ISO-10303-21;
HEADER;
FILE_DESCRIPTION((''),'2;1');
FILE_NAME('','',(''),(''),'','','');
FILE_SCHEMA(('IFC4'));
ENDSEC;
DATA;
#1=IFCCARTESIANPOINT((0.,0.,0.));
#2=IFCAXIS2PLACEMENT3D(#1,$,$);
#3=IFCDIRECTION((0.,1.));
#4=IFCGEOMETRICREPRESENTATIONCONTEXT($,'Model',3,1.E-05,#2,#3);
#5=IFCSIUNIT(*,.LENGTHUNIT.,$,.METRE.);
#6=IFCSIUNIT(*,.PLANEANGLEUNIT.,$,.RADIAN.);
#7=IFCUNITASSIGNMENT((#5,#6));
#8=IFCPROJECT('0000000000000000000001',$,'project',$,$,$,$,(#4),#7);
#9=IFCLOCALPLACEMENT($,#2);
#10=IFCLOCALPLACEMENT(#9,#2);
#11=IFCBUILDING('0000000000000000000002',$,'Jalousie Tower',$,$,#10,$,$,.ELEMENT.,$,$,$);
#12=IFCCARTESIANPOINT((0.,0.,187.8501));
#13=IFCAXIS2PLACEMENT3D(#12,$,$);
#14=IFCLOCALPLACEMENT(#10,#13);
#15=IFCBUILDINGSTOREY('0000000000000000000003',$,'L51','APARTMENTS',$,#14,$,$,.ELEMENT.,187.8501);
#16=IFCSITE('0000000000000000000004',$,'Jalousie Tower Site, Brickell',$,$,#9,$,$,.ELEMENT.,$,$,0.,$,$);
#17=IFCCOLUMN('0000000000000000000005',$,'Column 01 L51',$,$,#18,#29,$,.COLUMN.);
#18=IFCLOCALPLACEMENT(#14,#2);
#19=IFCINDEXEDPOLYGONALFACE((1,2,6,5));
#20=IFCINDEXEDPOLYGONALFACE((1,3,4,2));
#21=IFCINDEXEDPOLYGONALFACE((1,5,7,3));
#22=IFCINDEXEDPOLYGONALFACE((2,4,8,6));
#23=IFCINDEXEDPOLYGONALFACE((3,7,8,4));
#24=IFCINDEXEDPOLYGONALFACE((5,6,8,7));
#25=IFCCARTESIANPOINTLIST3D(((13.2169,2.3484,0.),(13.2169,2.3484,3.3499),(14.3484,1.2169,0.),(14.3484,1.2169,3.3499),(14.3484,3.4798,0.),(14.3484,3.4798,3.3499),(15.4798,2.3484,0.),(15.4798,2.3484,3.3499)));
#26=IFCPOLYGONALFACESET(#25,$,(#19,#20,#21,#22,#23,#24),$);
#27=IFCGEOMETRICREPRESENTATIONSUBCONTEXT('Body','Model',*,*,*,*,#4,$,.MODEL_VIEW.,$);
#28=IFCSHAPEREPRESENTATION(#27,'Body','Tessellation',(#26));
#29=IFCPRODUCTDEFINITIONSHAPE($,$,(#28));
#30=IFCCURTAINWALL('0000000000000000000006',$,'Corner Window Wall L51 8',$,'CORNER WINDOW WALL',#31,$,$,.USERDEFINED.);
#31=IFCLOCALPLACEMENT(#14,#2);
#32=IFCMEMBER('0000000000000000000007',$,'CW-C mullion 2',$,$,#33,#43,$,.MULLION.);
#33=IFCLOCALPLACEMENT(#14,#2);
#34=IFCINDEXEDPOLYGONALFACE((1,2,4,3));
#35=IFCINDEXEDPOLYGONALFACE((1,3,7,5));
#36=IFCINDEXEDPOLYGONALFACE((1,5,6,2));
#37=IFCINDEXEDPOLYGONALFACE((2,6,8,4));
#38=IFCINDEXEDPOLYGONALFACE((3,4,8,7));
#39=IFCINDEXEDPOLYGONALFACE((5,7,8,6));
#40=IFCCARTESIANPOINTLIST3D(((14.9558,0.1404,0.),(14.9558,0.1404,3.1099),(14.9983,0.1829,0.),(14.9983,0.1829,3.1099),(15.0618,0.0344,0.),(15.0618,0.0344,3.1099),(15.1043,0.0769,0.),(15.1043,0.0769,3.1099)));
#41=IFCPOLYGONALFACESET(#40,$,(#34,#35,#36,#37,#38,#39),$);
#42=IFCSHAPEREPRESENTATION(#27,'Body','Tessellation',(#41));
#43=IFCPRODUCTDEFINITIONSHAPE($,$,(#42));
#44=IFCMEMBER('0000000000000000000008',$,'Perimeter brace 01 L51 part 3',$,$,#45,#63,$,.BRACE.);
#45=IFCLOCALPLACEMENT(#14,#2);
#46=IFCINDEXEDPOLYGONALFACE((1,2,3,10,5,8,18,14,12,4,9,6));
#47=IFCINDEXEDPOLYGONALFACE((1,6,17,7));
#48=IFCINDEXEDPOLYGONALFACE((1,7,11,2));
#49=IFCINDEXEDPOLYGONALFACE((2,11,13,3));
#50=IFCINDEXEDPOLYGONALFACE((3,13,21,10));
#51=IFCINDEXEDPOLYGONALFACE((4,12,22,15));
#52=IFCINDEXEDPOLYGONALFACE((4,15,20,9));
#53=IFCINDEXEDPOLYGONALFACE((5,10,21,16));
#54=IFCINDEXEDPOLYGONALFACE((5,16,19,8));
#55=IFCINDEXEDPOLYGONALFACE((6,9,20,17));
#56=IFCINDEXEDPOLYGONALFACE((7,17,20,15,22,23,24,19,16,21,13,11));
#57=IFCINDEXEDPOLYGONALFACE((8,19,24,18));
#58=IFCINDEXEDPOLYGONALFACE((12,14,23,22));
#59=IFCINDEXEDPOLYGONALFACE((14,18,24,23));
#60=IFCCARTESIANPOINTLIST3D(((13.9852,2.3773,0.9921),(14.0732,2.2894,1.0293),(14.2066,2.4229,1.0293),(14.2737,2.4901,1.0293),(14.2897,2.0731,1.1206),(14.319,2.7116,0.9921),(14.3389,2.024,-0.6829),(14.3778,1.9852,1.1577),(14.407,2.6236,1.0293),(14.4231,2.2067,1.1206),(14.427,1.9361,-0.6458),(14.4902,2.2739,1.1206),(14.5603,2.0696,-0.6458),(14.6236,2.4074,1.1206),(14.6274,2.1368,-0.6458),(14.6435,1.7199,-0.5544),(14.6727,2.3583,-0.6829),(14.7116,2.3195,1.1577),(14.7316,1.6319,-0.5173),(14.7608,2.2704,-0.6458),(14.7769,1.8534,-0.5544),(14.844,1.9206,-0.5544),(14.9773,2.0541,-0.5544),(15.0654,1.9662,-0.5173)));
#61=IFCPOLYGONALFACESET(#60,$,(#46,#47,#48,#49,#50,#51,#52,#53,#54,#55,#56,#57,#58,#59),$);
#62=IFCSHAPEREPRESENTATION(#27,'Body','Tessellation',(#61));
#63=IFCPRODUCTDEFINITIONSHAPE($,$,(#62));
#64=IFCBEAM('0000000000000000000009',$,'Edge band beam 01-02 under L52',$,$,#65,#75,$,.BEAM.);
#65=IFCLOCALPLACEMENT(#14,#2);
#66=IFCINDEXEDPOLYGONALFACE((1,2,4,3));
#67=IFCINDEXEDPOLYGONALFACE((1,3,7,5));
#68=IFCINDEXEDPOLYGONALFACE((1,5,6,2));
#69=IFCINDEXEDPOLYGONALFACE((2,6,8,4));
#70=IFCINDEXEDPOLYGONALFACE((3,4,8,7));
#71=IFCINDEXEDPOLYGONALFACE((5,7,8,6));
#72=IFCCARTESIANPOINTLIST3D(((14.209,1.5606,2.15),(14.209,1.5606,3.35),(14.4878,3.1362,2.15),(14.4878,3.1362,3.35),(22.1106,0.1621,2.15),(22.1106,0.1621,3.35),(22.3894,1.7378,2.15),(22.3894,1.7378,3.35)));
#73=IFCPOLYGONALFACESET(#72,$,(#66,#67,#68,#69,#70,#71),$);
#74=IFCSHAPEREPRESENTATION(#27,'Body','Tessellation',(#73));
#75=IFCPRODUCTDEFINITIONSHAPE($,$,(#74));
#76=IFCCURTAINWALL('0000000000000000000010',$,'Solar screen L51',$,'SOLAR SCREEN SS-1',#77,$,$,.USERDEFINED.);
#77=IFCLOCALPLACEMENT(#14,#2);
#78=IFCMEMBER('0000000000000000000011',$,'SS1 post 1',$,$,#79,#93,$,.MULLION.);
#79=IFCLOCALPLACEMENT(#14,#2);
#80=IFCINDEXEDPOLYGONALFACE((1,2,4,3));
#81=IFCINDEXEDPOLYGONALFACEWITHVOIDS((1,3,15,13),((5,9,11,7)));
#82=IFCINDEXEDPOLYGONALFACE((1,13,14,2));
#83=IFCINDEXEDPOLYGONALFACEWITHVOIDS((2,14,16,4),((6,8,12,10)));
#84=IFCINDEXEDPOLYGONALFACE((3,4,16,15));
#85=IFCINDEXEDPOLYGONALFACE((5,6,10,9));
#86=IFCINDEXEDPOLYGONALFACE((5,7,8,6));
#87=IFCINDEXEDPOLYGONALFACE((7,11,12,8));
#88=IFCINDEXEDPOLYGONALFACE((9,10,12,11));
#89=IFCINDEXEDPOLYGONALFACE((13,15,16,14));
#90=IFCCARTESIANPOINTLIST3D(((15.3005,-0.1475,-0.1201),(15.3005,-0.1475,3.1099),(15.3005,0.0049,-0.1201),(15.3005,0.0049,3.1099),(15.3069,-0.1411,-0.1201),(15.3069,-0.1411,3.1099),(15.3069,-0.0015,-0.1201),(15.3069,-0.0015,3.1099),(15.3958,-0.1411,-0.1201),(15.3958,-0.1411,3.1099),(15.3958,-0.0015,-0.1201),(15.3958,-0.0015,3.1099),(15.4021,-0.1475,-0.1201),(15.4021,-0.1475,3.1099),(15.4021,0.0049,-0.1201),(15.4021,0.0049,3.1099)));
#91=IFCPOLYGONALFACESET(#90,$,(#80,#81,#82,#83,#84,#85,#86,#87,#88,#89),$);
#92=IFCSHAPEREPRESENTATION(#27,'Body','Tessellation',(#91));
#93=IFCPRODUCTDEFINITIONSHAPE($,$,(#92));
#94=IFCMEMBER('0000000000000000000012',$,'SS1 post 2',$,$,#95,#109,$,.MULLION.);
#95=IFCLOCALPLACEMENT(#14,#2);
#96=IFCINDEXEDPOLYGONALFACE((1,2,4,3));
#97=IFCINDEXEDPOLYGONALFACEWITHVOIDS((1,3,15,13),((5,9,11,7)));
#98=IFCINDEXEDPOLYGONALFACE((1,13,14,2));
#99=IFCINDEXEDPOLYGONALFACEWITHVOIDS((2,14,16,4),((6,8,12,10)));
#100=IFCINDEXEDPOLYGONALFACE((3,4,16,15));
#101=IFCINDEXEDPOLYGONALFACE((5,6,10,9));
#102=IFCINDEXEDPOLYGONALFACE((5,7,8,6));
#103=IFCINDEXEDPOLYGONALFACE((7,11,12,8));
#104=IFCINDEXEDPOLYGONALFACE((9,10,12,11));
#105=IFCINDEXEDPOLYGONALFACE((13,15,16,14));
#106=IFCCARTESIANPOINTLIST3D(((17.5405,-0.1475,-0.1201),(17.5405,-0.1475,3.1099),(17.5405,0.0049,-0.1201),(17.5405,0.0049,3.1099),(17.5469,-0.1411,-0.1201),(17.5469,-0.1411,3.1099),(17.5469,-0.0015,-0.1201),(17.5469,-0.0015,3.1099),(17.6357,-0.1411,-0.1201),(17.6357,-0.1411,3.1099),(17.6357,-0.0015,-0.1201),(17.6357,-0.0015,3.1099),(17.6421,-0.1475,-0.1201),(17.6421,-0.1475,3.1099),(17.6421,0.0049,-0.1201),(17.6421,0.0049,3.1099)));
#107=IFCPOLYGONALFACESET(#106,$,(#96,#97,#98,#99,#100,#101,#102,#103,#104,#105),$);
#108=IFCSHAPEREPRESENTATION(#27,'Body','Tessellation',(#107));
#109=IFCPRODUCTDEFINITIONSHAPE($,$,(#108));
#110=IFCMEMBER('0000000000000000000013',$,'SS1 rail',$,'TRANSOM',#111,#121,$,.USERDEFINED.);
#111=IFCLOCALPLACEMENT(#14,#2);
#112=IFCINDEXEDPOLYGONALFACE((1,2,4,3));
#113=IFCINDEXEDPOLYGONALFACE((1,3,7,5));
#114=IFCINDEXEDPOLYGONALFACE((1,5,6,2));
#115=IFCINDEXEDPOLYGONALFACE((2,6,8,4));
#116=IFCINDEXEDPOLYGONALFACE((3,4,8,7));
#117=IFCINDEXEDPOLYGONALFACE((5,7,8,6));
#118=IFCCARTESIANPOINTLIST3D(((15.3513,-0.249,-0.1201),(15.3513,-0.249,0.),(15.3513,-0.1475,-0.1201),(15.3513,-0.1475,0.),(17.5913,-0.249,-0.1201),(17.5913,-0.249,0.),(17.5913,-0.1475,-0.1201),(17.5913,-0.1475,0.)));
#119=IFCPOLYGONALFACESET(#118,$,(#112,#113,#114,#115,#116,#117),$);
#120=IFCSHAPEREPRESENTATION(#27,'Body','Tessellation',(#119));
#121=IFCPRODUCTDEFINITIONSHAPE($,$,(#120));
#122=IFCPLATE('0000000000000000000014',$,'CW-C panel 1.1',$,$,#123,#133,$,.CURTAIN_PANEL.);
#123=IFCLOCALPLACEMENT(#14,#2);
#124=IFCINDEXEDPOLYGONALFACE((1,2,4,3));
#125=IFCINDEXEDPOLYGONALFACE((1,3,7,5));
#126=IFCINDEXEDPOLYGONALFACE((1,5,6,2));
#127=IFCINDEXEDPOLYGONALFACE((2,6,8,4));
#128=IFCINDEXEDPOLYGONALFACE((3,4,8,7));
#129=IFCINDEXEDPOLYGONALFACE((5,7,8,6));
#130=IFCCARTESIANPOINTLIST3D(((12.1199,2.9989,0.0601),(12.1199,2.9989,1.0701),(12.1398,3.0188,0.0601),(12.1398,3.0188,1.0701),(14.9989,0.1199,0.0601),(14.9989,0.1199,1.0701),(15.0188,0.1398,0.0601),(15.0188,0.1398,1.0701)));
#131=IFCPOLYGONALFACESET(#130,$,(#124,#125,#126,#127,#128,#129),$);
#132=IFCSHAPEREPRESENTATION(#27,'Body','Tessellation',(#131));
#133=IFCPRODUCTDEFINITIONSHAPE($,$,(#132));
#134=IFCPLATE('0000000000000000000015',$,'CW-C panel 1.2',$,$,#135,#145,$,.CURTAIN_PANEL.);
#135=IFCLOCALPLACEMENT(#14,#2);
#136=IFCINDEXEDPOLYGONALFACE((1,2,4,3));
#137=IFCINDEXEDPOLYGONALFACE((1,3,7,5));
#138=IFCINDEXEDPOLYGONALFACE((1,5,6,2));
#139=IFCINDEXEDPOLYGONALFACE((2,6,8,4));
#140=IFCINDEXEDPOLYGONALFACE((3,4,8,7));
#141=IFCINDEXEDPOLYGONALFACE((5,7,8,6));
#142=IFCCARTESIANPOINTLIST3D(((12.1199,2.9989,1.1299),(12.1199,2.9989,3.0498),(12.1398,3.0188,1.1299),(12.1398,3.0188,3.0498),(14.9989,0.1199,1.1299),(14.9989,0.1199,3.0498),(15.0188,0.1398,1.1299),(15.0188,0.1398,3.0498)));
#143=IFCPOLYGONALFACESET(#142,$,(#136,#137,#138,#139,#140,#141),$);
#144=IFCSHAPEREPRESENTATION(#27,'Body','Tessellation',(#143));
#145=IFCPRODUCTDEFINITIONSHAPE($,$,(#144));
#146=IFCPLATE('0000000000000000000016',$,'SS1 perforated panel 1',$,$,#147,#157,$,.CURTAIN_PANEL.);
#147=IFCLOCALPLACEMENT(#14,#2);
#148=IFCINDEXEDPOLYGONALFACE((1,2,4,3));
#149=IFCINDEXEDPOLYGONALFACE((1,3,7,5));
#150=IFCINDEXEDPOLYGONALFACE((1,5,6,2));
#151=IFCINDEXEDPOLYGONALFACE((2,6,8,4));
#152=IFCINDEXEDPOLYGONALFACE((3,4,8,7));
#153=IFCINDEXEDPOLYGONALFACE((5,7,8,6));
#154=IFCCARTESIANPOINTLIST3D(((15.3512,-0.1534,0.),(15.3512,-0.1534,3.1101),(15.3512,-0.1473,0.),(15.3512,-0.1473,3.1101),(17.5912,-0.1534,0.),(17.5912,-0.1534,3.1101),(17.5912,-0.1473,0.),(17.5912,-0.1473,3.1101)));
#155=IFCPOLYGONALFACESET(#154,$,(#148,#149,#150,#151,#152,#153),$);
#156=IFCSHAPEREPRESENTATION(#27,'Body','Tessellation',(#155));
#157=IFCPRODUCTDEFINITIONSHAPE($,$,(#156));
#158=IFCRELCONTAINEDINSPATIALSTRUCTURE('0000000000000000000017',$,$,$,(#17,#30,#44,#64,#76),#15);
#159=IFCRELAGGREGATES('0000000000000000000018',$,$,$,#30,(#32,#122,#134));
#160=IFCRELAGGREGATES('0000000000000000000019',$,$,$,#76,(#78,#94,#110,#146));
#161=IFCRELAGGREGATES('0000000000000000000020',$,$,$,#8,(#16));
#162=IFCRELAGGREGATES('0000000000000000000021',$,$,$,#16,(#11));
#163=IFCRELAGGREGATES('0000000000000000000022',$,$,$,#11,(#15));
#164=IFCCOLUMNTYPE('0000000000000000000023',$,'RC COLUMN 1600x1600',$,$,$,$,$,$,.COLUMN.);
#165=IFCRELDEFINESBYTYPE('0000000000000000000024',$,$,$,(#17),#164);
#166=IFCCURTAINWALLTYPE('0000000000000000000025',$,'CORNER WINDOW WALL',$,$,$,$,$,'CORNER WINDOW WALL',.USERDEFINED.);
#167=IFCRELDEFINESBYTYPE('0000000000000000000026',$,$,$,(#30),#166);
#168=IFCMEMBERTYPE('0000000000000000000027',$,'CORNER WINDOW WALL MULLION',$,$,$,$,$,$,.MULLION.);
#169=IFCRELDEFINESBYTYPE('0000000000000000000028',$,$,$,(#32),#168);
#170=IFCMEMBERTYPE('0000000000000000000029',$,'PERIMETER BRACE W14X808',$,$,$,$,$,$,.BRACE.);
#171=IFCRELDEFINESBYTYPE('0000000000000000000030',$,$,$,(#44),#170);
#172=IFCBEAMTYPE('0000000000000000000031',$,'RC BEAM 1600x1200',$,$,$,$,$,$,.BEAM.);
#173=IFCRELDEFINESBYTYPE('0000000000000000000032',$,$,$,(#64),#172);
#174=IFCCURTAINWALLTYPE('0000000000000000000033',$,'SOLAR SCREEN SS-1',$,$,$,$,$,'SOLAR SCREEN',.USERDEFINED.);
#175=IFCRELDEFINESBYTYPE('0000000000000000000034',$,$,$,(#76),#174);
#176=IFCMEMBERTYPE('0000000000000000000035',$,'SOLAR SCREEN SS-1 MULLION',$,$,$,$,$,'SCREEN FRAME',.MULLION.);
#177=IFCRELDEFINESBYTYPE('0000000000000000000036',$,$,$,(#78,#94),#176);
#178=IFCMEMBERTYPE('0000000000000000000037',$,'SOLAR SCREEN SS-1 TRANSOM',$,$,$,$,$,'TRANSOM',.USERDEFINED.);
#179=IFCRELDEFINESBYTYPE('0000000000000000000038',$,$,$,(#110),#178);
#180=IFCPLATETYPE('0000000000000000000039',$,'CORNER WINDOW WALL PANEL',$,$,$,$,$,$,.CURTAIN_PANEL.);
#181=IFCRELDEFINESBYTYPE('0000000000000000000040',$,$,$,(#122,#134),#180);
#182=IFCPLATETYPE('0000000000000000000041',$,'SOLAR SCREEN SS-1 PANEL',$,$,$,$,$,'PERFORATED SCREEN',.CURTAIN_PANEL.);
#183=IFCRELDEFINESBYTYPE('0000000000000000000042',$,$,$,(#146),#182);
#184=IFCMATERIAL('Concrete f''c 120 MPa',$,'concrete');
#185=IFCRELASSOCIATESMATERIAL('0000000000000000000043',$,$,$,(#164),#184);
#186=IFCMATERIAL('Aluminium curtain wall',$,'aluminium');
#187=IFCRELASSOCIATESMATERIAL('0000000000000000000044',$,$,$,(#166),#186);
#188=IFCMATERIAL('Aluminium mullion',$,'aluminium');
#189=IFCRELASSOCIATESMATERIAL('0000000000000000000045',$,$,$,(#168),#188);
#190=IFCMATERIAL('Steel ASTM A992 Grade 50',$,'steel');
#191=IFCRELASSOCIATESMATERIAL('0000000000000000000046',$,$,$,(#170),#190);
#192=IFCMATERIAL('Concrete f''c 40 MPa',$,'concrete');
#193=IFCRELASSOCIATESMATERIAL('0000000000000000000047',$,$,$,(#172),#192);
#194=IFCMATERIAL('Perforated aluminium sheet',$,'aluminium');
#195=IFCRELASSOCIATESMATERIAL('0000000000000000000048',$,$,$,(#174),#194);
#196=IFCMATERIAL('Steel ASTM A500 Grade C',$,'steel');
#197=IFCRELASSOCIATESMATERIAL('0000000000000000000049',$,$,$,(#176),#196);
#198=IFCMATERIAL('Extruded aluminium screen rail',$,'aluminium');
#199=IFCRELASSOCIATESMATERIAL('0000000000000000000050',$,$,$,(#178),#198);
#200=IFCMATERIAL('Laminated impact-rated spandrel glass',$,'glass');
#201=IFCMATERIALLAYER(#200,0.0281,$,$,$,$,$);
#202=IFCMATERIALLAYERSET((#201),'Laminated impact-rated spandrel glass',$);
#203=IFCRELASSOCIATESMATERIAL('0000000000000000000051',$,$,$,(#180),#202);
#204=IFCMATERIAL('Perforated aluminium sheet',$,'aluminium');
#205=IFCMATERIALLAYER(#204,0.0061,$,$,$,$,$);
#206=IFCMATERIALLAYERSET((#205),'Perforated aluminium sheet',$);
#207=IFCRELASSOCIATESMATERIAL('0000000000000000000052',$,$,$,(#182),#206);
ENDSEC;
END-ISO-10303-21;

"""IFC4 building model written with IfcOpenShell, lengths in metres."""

from ifc_helpers import new_model, si_unit, direction, frame, origin, origin_2d, place, context, subcontext, project, spatial, rectangle, hollow_rectangle, i_section, extrude, material, layer, layer_set, material_profile, profile_set, type_object, element, aggregate, save


model = new_model("IFC4")

# Units and contexts
model_context = context("Model", 3, precision=1e-05, world=origin(), true_north=direction((0.0, 1.0)))
body_context = subcontext(model_context, "Body", "Model", "MODEL_VIEW")
ifc_project = project(units=[si_unit("LENGTHUNIT", "METRE"), si_unit("PLANEANGLEUNIT", "RADIAN")], contexts=[model_context])

# Site, building, storey
site_placement = place(None, origin())
site = spatial("IfcSite", under=ifc_project, at=site_placement, Name="Jalousie Tower Site, Brickell", CompositionType="ELEMENT", RefElevation=0.0)
building_placement = place(site_placement, origin())
building = spatial("IfcBuilding", under=site, at=building_placement, Name="Jalousie Tower", CompositionType="ELEMENT")
storey_placement = place(building_placement, frame((0.0, 0.0, 187.8501)))
storey = spatial("IfcBuildingStorey", under=building, at=storey_placement, Name="L51", Description="APARTMENTS", CompositionType="ELEMENT", Elevation=187.8501)

# Column
ifc_material_1 = material(Name="Concrete f'c 120 MPa", Category="concrete")
ifc_material_profile_1 = material_profile(ifc_material_1, rectangle(XDim=1.6001, YDim=1.6001, at=origin_2d()), Name="RC 1600x1600")
ifc_profile_set_1 = profile_set([ifc_material_profile_1], Name="Concrete f'c 120 MPa")
column_type = type_object("IfcColumnType", Name="RC COLUMN 1600x1600", PredefinedType="COLUMN", material=ifc_profile_set_1)
column_placement = place(storey_placement, frame((14.3484, 2.3484, 0.0), z_axis=(0.0, 0.0, 1.0), x_axis=(0.707107, 0.707107, 0.0)))
element("IfcColumn", 1, at=column_placement, inside=storey, type_object=column_type, Name="Column 01 L51", PredefinedType="COLUMN", context=body_context, shape_type="SweptSolid", body=[
    extrude(rectangle(XDim=1.6001, YDim=1.6001, at=origin_2d()), origin(), (0.0, 0.0, 1.0), 3.3499),
])

# Curtain wall, member
ifc_material_2 = material(Name="Aluminium curtain wall", Category="aluminium")
curtain_wall_type_1 = type_object("IfcCurtainWallType", Name="CORNER WINDOW WALL", ElementType="CORNER WINDOW WALL", PredefinedType="USERDEFINED", material=ifc_material_2)
curtain_wall_1_placement = place(storey_placement, origin())
curtain_wall_1 = element("IfcCurtainWall", 2, at=curtain_wall_1_placement, inside=storey, type_object=curtain_wall_type_1, Name="Corner Window Wall L51 8", ObjectType="CORNER WINDOW WALL", PredefinedType="USERDEFINED")
ifc_material_3 = material(Name="Aluminium mullion", Category="aluminium")
ifc_material_profile_2 = material_profile(ifc_material_3, rectangle(XDim=0.0601, YDim=0.1499, at=origin_2d()), Name="MULLION 60x150")
ifc_profile_set_2 = profile_set([ifc_material_profile_2], Name="Aluminium mullion")
member_type_1 = type_object("IfcMemberType", Name="CORNER WINDOW WALL MULLION", PredefinedType="MULLION", material=ifc_profile_set_2)
member_1_placement = place(storey_placement, frame((15.03, 0.1086, 0.0), z_axis=(0.0, 0.0, 1.0), x_axis=(0.707107, 0.707107, 0.0)))
member_1 = element("IfcMember", 3, at=member_1_placement, type_object=member_type_1, Name="CW-C mullion 2", PredefinedType="MULLION", context=body_context, shape_type="SweptSolid", body=[
    extrude(rectangle(XDim=0.0601, YDim=0.1499, at=origin_2d()), origin(), (0.0, 0.0, 1.0), 3.1099),
])

# Member
ifc_material_4 = material(Name="Steel ASTM A992 Grade 50", Category="steel")
ifc_material_profile_3 = material_profile(ifc_material_4, i_section(OverallWidth=0.4724, OverallDepth=0.5791, WebThickness=0.095, FlangeThickness=0.1299, at=origin_2d()), Name="W14X808")
ifc_profile_set_3 = profile_set([ifc_material_profile_3], Name="Steel ASTM A992 Grade 50")
member_type_2 = type_object("IfcMemberType", Name="PERIMETER BRACE W14X808", PredefinedType="BRACE", material=ifc_profile_set_3)
member_2_placement = place(storey_placement, frame((14.7021, 1.9951, -0.6001), z_axis=(-0.202372, 0.202093, 0.95823), x_axis=(-0.706618, -0.707595, 0.0)))
element("IfcMember", 4, at=member_2_placement, inside=storey, type_object=member_type_2, Name="Perimeter brace 01 L51 part 3", PredefinedType="BRACE", context=body_context, shape_type="SweptSolid", body=[
    extrude(i_section(OverallWidth=0.4724, OverallDepth=0.5791, WebThickness=0.095, FlangeThickness=0.1299, at=origin_2d()), origin(), (0.0, 0.0, 1.0), 1.748),
])

# Beam
ifc_material_5 = material(Name="Concrete f'c 40 MPa", Category="concrete")
ifc_material_profile_4 = material_profile(ifc_material_5, rectangle(XDim=1.6001, YDim=1.2, at=origin_2d()), Name="RC 1600x1200")
ifc_profile_set_4 = profile_set([ifc_material_profile_4], Name="Concrete f'c 40 MPa")
beam_type = type_object("IfcBeamType", Name="RC BEAM 1600x1200", PredefinedType="BEAM", material=ifc_profile_set_4)
beam_placement = place(storey_placement, frame((14.3484, 2.3484, 2.75), z_axis=(0.984697, -0.174273, 0.0), x_axis=(0.174273, 0.984697, 0.0)))
element("IfcBeam", 5, at=beam_placement, inside=storey, type_object=beam_type, Name="Edge band beam 01-02 under L52", PredefinedType="BEAM", context=body_context, shape_type="SweptSolid", body=[
    extrude(rectangle(XDim=1.6001, YDim=1.2, at=origin_2d()), origin(), (0.0, 0.0, 1.0), 8.0244),
])

# Curtain wall, members
ifc_material_6 = material(Name="Perforated aluminium sheet", Category="aluminium")
curtain_wall_type_2 = type_object("IfcCurtainWallType", Name="SOLAR SCREEN SS-1", ElementType="SOLAR SCREEN", PredefinedType="USERDEFINED", material=ifc_material_6)
curtain_wall_2_placement = place(storey_placement, origin())
curtain_wall_2 = element("IfcCurtainWall", 6, at=curtain_wall_2_placement, inside=storey, type_object=curtain_wall_type_2, Name="Solar screen L51", ObjectType="SOLAR SCREEN SS-1", PredefinedType="USERDEFINED")
ifc_material_7 = material(Name="Steel ASTM A500 Grade C", Category="steel")
ifc_material_profile_5 = material_profile(ifc_material_7, hollow_rectangle(XDim=0.1016, YDim=0.1523, WallThickness=0.0063, at=origin_2d()), Name="HSS6X4X1/4")
ifc_profile_set_5 = profile_set([ifc_material_profile_5], Name="Steel ASTM A500 Grade C")
member_type_3 = type_object("IfcMemberType", Name="SOLAR SCREEN SS-1 MULLION", ElementType="SCREEN FRAME", PredefinedType="MULLION", material=ifc_profile_set_5)
member_3_placement = place(storey_placement, frame((15.3513, -0.0713, -0.1201), z_axis=(0.0, 0.0, 1.0), x_axis=(1.0, 0.0, 0.0)))
member_3 = element("IfcMember", 7, at=member_3_placement, type_object=member_type_3, Name="SS1 post 1", PredefinedType="MULLION", context=body_context, shape_type="SweptSolid", body=[
    extrude(hollow_rectangle(XDim=0.1016, YDim=0.1523, WallThickness=0.0063, at=origin_2d()), origin(), (0.0, 0.0, 1.0), 3.23),
])
member_4_placement = place(storey_placement, frame((17.5913, -0.0713, -0.1201), z_axis=(0.0, 0.0, 1.0), x_axis=(1.0, 0.0, 0.0)))
member_4 = element("IfcMember", 8, at=member_4_placement, type_object=member_type_3, Name="SS1 post 2", PredefinedType="MULLION", context=body_context, shape_type="SweptSolid", body=[
    extrude(hollow_rectangle(XDim=0.1016, YDim=0.1523, WallThickness=0.0063, at=origin_2d()), origin(), (0.0, 0.0, 1.0), 3.23),
])
ifc_material_8 = material(Name="Extruded aluminium screen rail", Category="aluminium")
ifc_material_profile_6 = material_profile(ifc_material_8, rectangle(XDim=0.1016, YDim=0.1201, at=origin_2d()), Name="RAIL 102x120")
ifc_profile_set_6 = profile_set([ifc_material_profile_6], Name="Extruded aluminium screen rail")
member_type_4 = type_object("IfcMemberType", Name="SOLAR SCREEN SS-1 TRANSOM", ElementType="TRANSOM", PredefinedType="USERDEFINED", material=ifc_profile_set_6)
member_5_placement = place(storey_placement, frame((15.3513, -0.1982, -0.0601), z_axis=(1.0, 0.0, 0.0), x_axis=(0.0, 1.0, 0.0)))
member_5 = element("IfcMember", 9, at=member_5_placement, type_object=member_type_4, Name="SS1 rail", ObjectType="TRANSOM", PredefinedType="USERDEFINED", context=body_context, shape_type="SweptSolid", body=[
    extrude(rectangle(XDim=0.1016, YDim=0.1201, at=origin_2d()), origin(), (0.0, 0.0, 1.0), 2.24),
])

# Plates
ifc_material_9 = material(Name="Laminated impact-rated spandrel glass", Category="glass")
ifc_layer_1 = layer(ifc_material_9, 0.0281)
ifc_layer_set_1 = layer_set([ifc_layer_1], Name="Laminated impact-rated spandrel glass")
plate_type_1 = type_object("IfcPlateType", Name="CORNER WINDOW WALL PANEL", PredefinedType="CURTAIN_PANEL", material=ifc_layer_set_1)
plate_1_placement = place(storey_placement, frame((13.5693, 1.5693, 0.0601), z_axis=(0.0, 0.0, 1.0), x_axis=(0.707107, -0.707107, 0.0)))
plate_1 = element("IfcPlate", 10, at=plate_1_placement, type_object=plate_type_1, Name="CW-C panel 1.1", PredefinedType="CURTAIN_PANEL", context=body_context, shape_type="SweptSolid", body=[
    extrude(rectangle(XDim=4.0715, YDim=0.0281, at=origin_2d()), origin(), (0.0, 0.0, 1.0), 1.01),
])
plate_2_placement = place(storey_placement, frame((13.5693, 1.5693, 1.1299), z_axis=(0.0, 0.0, 1.0), x_axis=(0.707107, -0.707107, 0.0)))
plate_2 = element("IfcPlate", 11, at=plate_2_placement, type_object=plate_type_1, Name="CW-C panel 1.2", PredefinedType="CURTAIN_PANEL", context=body_context, shape_type="SweptSolid", body=[
    extrude(rectangle(XDim=4.0715, YDim=0.0281, at=origin_2d()), origin(), (0.0, 0.0, 1.0), 1.9199),
])
aggregate(curtain_wall_1, [member_1, plate_1, plate_2])
ifc_material_10 = material(Name="Perforated aluminium sheet", Category="aluminium")
ifc_layer_2 = layer(ifc_material_10, 0.0061)
ifc_layer_set_2 = layer_set([ifc_layer_2], Name="Perforated aluminium sheet")
plate_type_2 = type_object("IfcPlateType", Name="SOLAR SCREEN SS-1 PANEL", ElementType="PERFORATED SCREEN", PredefinedType="CURTAIN_PANEL", material=ifc_layer_set_2)
plate_3_placement = place(storey_placement, frame((16.4712, -0.1504, 0.0), z_axis=(0.0, 0.0, 1.0), x_axis=(1.0, 0.0, 0.0)))
plate_3 = element("IfcPlate", 12, at=plate_3_placement, type_object=plate_type_2, Name="SS1 perforated panel 1", PredefinedType="CURTAIN_PANEL", context=body_context, shape_type="SweptSolid", body=[
    extrude(rectangle(XDim=2.24, YDim=0.0061, at=origin_2d()), origin(), (0.0, 0.0, 1.0), 3.1101),
])
aggregate(curtain_wall_2, [member_3, member_4, member_5, plate_3])

save(model, "model.ifc")
